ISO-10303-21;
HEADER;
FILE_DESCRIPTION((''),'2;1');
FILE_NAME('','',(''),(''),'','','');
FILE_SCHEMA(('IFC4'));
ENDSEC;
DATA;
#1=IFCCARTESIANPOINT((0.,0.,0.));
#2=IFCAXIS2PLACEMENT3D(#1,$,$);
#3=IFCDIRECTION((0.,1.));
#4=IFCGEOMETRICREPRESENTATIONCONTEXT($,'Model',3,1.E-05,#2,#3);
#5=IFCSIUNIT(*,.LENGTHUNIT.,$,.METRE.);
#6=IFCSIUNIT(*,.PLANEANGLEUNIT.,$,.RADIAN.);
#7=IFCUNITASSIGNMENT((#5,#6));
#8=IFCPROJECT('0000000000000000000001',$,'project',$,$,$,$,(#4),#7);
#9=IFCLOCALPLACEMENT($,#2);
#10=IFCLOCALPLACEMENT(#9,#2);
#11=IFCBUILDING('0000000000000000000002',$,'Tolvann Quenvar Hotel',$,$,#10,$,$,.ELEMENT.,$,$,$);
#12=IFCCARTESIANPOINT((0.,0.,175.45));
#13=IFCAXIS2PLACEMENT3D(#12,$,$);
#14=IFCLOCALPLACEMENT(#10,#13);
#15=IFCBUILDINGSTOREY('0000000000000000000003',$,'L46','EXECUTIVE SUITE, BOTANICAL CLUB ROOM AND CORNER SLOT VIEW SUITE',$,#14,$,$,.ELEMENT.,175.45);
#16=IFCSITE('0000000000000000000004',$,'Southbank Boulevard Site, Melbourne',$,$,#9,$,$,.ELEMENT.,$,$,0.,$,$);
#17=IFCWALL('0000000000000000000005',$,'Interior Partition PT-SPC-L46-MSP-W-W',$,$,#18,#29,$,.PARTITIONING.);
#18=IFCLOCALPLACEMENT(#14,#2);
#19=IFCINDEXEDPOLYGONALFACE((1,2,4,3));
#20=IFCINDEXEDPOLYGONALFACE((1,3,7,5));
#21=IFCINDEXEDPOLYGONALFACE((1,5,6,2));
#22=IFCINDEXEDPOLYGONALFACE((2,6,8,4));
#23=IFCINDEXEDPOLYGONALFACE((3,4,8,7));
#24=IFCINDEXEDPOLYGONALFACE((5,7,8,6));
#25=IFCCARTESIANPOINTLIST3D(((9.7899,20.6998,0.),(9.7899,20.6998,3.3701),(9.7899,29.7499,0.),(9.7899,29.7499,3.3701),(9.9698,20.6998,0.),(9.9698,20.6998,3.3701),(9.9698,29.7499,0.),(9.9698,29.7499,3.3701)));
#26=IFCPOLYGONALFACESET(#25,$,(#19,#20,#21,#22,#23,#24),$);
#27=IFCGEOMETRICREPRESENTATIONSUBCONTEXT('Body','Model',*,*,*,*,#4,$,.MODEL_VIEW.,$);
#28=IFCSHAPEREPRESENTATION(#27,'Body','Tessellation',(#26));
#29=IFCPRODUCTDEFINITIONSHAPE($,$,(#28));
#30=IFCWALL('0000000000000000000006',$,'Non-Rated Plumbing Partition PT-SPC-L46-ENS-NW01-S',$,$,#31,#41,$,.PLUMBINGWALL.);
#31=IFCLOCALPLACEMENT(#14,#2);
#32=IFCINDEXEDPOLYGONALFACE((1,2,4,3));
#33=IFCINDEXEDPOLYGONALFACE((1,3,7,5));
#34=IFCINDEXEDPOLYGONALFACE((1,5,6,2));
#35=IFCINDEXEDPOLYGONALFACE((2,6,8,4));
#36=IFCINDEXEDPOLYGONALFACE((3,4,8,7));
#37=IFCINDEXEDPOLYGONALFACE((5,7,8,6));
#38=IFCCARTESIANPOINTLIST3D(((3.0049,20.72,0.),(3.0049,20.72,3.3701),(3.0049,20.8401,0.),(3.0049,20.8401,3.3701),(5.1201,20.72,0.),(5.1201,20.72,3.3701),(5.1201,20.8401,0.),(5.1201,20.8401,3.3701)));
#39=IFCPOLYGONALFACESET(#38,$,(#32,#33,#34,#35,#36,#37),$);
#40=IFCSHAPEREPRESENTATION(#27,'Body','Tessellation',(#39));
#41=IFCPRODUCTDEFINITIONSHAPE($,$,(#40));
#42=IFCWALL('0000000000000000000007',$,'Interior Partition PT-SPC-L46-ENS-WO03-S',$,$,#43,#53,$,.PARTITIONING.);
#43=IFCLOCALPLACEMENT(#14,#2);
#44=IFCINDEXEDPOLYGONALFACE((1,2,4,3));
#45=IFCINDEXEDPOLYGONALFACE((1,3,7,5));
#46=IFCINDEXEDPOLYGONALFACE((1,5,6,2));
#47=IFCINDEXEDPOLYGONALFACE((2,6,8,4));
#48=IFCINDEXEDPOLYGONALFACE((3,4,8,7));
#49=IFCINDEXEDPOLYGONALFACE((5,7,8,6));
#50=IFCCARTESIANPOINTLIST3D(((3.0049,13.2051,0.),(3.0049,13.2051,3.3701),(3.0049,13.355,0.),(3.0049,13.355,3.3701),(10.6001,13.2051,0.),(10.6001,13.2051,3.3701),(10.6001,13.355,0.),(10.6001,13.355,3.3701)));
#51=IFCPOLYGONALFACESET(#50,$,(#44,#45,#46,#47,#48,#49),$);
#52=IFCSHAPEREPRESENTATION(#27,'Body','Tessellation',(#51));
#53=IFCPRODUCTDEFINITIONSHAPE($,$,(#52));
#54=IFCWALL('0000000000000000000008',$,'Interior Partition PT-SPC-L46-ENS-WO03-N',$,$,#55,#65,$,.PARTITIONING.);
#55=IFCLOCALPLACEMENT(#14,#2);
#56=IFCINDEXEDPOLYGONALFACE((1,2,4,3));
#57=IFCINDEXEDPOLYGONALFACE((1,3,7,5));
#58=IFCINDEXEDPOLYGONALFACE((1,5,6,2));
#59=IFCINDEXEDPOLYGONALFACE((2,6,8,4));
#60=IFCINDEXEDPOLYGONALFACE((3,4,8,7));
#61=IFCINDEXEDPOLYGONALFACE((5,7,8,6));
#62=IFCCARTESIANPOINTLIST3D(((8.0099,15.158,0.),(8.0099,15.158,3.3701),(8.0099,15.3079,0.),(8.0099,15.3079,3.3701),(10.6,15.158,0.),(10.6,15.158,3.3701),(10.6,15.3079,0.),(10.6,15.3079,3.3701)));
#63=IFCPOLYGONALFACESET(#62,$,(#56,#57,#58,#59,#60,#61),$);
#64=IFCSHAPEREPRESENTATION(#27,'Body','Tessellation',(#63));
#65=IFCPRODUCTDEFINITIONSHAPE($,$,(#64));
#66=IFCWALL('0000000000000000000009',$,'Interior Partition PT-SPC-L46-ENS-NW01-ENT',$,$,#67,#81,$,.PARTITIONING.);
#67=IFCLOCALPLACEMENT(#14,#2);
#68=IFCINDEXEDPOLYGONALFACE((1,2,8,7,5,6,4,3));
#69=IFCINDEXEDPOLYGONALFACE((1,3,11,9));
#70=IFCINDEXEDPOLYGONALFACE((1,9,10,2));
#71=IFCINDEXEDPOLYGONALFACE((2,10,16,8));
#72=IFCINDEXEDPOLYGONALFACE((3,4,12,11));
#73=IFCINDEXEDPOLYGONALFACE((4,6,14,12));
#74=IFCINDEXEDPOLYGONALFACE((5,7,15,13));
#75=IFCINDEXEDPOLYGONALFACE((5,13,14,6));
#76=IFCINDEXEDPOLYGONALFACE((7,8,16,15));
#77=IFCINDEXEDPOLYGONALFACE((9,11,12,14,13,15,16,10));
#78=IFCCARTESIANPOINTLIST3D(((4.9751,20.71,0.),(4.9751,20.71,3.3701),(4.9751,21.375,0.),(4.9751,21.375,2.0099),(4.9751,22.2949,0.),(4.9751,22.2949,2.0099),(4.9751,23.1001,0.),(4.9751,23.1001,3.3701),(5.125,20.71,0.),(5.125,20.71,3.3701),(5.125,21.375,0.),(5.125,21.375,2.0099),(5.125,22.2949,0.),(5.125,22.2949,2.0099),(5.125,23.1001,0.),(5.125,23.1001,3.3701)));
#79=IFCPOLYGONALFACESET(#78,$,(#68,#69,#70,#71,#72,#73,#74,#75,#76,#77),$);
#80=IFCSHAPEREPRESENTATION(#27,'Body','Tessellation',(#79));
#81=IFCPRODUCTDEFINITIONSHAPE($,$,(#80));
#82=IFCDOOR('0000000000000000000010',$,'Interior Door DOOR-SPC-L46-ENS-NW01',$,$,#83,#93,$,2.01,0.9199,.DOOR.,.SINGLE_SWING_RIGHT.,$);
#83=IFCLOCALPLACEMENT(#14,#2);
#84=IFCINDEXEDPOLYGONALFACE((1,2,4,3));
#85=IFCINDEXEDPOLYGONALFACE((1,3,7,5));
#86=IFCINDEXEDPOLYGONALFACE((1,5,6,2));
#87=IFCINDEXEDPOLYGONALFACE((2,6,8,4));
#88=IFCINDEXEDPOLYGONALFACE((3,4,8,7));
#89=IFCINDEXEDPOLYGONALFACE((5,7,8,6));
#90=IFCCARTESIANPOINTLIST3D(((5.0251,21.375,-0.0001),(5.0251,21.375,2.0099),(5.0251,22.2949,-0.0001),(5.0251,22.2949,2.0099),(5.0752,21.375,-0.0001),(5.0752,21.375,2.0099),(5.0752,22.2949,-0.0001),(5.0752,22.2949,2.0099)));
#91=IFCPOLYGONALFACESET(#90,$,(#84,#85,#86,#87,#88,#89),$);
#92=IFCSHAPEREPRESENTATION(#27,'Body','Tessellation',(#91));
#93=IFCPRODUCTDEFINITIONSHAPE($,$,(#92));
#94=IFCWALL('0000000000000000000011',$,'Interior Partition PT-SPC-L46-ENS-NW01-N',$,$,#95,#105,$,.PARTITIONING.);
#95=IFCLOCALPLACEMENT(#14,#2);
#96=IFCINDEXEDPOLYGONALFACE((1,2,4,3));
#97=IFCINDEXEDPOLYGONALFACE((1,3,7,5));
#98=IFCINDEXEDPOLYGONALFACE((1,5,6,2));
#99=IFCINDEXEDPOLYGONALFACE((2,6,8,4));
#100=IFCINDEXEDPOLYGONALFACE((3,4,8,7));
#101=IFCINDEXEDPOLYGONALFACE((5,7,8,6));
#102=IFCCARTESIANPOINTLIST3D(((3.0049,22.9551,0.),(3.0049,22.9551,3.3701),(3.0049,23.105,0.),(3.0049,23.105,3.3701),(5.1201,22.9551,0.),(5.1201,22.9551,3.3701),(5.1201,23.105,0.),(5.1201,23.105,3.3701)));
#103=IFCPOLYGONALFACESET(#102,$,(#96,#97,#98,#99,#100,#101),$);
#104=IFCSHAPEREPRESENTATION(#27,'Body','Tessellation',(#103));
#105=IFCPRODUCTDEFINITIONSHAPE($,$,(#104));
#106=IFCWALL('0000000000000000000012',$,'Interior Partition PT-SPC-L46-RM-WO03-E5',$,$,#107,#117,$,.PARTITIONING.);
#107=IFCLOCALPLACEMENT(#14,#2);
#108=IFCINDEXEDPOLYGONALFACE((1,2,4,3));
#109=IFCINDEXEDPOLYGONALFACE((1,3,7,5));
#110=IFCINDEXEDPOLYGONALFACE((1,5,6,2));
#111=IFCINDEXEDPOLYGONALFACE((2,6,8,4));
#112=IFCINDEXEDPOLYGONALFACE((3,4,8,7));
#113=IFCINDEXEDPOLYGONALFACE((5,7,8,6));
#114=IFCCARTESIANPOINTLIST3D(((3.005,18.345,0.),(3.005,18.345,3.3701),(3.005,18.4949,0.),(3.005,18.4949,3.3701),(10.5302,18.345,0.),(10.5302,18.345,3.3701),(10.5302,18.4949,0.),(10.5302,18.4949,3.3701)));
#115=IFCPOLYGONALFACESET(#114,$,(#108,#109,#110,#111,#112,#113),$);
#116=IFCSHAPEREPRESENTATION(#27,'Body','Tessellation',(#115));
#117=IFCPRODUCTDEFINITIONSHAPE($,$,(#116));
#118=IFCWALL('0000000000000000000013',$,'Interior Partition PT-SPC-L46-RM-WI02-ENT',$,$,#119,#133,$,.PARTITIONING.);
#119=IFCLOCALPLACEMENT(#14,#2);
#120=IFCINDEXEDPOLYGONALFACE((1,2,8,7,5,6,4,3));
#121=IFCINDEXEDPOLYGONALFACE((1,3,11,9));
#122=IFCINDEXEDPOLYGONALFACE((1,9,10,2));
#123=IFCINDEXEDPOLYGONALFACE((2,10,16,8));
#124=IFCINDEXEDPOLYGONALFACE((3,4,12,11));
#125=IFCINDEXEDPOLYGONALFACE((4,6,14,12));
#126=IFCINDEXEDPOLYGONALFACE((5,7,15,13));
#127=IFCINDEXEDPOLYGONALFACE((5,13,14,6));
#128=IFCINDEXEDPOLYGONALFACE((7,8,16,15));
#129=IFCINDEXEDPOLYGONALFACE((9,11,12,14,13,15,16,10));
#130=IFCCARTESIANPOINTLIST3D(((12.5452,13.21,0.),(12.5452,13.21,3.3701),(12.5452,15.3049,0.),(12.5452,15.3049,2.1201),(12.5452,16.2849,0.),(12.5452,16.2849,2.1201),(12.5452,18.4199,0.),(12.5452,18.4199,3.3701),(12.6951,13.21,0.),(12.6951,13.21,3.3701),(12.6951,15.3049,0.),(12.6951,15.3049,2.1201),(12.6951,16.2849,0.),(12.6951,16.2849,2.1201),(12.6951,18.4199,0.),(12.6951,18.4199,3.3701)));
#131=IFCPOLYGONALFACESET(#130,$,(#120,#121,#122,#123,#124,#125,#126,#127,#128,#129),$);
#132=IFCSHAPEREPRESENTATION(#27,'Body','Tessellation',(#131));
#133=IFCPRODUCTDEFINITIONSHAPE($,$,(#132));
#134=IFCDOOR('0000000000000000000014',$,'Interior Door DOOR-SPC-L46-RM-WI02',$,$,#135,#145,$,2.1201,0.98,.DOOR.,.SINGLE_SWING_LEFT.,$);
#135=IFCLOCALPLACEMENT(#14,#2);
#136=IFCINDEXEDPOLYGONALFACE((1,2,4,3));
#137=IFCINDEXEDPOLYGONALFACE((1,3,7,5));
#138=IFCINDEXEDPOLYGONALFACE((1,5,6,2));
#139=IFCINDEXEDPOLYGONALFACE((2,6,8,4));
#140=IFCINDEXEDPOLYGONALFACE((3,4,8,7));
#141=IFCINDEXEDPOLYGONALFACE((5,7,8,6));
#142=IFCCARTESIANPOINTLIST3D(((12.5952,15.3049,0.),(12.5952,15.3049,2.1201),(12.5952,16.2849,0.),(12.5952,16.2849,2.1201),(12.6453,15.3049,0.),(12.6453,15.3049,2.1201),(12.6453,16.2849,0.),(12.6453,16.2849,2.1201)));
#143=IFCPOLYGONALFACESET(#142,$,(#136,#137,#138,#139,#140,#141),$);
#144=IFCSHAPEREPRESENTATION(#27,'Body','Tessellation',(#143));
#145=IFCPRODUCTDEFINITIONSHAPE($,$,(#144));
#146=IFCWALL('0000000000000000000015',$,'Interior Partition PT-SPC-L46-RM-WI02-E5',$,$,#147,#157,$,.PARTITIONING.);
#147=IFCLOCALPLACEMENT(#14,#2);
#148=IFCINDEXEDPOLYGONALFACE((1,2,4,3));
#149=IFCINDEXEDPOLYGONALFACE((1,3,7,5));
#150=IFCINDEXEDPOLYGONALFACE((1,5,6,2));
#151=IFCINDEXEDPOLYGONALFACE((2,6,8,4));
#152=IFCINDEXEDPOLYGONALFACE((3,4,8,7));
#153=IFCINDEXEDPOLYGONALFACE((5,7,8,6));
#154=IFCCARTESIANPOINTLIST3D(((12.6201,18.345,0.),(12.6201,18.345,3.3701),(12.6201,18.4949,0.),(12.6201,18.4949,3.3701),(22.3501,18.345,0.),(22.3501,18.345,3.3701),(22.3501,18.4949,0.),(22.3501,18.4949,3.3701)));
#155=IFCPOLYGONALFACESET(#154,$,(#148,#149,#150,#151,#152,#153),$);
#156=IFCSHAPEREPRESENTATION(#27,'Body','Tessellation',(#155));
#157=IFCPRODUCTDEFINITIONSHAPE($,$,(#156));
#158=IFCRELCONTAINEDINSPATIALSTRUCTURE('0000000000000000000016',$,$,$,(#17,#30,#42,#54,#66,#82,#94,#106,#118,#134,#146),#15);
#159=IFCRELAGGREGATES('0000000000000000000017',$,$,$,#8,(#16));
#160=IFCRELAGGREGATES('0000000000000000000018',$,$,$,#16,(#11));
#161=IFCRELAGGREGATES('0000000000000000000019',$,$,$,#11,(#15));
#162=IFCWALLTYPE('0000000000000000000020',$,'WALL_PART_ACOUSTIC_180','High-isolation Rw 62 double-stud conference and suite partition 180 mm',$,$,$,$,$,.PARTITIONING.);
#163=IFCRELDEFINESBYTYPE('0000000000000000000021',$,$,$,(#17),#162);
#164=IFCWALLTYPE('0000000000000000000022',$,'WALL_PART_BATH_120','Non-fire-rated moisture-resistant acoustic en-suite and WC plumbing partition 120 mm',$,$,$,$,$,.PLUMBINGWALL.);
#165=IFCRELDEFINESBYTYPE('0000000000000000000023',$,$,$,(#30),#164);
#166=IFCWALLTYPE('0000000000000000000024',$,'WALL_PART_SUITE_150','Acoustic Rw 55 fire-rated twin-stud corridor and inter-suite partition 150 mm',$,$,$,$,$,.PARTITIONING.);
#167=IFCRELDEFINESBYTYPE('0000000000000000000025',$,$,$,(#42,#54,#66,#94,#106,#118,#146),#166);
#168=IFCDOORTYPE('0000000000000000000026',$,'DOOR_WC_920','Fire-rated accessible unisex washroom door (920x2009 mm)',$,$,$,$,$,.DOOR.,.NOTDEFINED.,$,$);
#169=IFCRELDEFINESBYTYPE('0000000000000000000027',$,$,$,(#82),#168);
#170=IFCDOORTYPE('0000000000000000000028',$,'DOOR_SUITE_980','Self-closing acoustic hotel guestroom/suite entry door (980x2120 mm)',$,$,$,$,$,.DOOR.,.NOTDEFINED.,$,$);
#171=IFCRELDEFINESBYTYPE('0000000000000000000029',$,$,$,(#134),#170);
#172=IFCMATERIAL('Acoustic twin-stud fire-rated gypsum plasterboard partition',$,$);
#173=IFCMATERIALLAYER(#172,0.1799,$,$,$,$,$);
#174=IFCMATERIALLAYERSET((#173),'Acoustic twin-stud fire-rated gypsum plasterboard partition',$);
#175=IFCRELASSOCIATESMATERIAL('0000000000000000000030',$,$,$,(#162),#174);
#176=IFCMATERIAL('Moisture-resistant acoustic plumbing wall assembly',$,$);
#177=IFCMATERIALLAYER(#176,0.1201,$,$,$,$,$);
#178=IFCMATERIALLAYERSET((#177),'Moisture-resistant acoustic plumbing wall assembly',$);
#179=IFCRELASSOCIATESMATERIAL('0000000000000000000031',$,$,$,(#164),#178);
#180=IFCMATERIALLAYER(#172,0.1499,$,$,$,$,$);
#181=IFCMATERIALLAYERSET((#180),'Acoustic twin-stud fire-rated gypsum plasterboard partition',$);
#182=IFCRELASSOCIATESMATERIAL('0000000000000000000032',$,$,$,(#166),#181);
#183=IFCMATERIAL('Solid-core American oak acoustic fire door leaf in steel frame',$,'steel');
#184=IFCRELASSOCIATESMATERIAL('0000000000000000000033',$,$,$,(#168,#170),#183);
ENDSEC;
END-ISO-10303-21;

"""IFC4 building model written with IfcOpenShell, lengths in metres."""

from ifc_helpers import new_model, si_unit, direction, frame, frame_2d, origin, place, context, subcontext, project, spatial, rectangle, extrude, source, transform, mapped, material, layer, layer_set, type_object, type_shapes, element, fill, save


model = new_model("IFC4")

# Units and contexts
model_context = context("Model", 3, precision=1e-05, world=origin(), true_north=direction((0.0, 1.0)))
body_context = subcontext(model_context, "Body", "Model", "MODEL_VIEW")
ifc_project = project(units=[si_unit("LENGTHUNIT", "METRE"), si_unit("PLANEANGLEUNIT", "RADIAN")], contexts=[model_context])

# Site, building, storey
site_placement = place(None, origin())
site = spatial("IfcSite", under=ifc_project, at=site_placement, Name="Southbank Boulevard Site, Melbourne", CompositionType="ELEMENT", RefElevation=0.0)
building_placement = place(site_placement, origin())
building = spatial("IfcBuilding", under=site, at=building_placement, Name="Tolvann Quenvar Hotel", CompositionType="ELEMENT")
storey_placement = place(building_placement, frame((0.0, 0.0, 175.45)))
storey = spatial("IfcBuildingStorey", under=building, at=storey_placement, Name="L46", Description="EXECUTIVE SUITE, BOTANICAL CLUB ROOM AND CORNER SLOT VIEW SUITE", CompositionType="ELEMENT", Elevation=175.45)

# Shared definitions
ifc_material_1 = material(Name="Acoustic twin-stud fire-rated gypsum plasterboard partition")
ifc_layer_1 = layer(ifc_material_1, 0.1799)
ifc_layer_set_1 = layer_set([ifc_layer_1], Name="Acoustic twin-stud fire-rated gypsum plasterboard partition")
wall_type_1 = type_object("IfcWallType", Name="WALL_PART_ACOUSTIC_180", Description="High-isolation Rw 62 double-stud conference and suite partition 180 mm", PredefinedType="PARTITIONING", material=ifc_layer_set_1)
ifc_material_2 = material(Name="Solid-core American oak acoustic fire door leaf in steel frame", Category="steel")

# Walls
wall_1_placement = place(storey_placement, frame((9.8799, 20.7, 0.0), z_axis=(0.0, 0.0, 1.0), x_axis=(0.0, 1.0, 0.0)))
element("IfcWall", 1, at=wall_1_placement, inside=storey, type_object=wall_type_1, Name="Interior Partition PT-SPC-L46-MSP-W-W", PredefinedType="PARTITIONING", context=body_context, shape_type="SweptSolid", body=[
    extrude(rectangle(XDim=9.05, YDim=0.1799, at=frame_2d((4.5249, 0.0))), origin(), (0.0, 0.0, 1.0), 3.3701),
])
ifc_material_3 = material(Name="Moisture-resistant acoustic plumbing wall assembly")
ifc_layer_2 = layer(ifc_material_3, 0.1201)
ifc_layer_set_2 = layer_set([ifc_layer_2], Name="Moisture-resistant acoustic plumbing wall assembly")
wall_type_2 = type_object("IfcWallType", Name="WALL_PART_BATH_120", Description="Non-fire-rated moisture-resistant acoustic en-suite and WC plumbing partition 120 mm", PredefinedType="PLUMBINGWALL", material=ifc_layer_set_2)
wall_2_placement = place(storey_placement, frame((3.0049, 20.78, 0.0), z_axis=(0.0, 0.0, 1.0), x_axis=(1.0, 0.0, 0.0)))
element("IfcWall", 2, at=wall_2_placement, inside=storey, type_object=wall_type_2, Name="Non-Rated Plumbing Partition PT-SPC-L46-ENS-NW01-S", PredefinedType="PLUMBINGWALL", context=body_context, shape_type="SweptSolid", body=[
    extrude(rectangle(XDim=2.1152, YDim=0.1201, at=frame_2d((1.0576, 0.0))), origin(), (0.0, 0.0, 1.0), 3.3701),
])
ifc_layer_3 = layer(ifc_material_1, 0.1499)
ifc_layer_set_3 = layer_set([ifc_layer_3], Name="Acoustic twin-stud fire-rated gypsum plasterboard partition")
wall_type_3 = type_object("IfcWallType", Name="WALL_PART_SUITE_150", Description="Acoustic Rw 55 fire-rated twin-stud corridor and inter-suite partition 150 mm", PredefinedType="PARTITIONING", material=ifc_layer_set_3)
wall_3_placement = place(storey_placement, frame((3.0049, 13.28, 0.0), z_axis=(0.0, 0.0, 1.0), x_axis=(1.0, 0.0, 0.0)))
element("IfcWall", 3, at=wall_3_placement, inside=storey, type_object=wall_type_3, Name="Interior Partition PT-SPC-L46-ENS-WO03-S", PredefinedType="PARTITIONING", context=body_context, shape_type="SweptSolid", body=[
    extrude(rectangle(XDim=7.5952, YDim=0.1499, at=frame_2d((3.7976, 0.0))), origin(), (0.0, 0.0, 1.0), 3.3701),
])
wall_4_placement = place(storey_placement, frame((8.01, 15.2329, 0.0), z_axis=(0.0, 0.0, 1.0), x_axis=(1.0, 0.0, 0.0)))
element("IfcWall", 4, at=wall_4_placement, inside=storey, type_object=wall_type_3, Name="Interior Partition PT-SPC-L46-ENS-WO03-N", PredefinedType="PARTITIONING", context=body_context, shape_type="SweptSolid", body=[
    extrude(rectangle(XDim=2.5901, YDim=0.1499, at=frame_2d((1.2949, 0.0))), origin(), (0.0, 0.0, 1.0), 3.3701),
])

# Wall, opening, door
wall_5_placement = place(storey_placement, frame((5.05, 20.71, 0.0), z_axis=(0.0, 0.0, 1.0), x_axis=(0.0, 1.0, 0.0)))
wall_5 = element("IfcWall", 5, at=wall_5_placement, inside=storey, type_object=wall_type_3, Name="Interior Partition PT-SPC-L46-ENS-NW01-ENT", PredefinedType="PARTITIONING", context=body_context, shape_type="SweptSolid", body=[
    extrude(rectangle(XDim=2.3901, YDim=0.1499, at=frame_2d((1.1951, 0.0))), origin(), (0.0, 0.0, 1.0), 3.3701),
])
opening_1_placement = place(wall_5_placement, frame((0.665, 0.0, 0.0)))
opening_1 = element("IfcOpeningElement", 6, at=opening_1_placement, cuts=wall_5, PredefinedType="OPENING", context=body_context, shape_type="SweptSolid", body=[
    extrude(rectangle(XDim=0.9199, YDim=2.01, at=frame_2d((0.46, 1.0049))), frame((0.0, 0.085, 0.0), z_axis=(0.0, -1.0, 0.0), x_axis=(1.0, 0.0, 0.0)), (0.0, 0.0, 1.0), 0.1699),
])
door_type_1 = type_object("IfcDoorType", Name="DOOR_WC_920", Description="Fire-rated accessible unisex washroom door (920x2009 mm)", OperationType="NOTDEFINED", PredefinedType="DOOR", material=ifc_material_2)
shared_shape_1 = source(origin(), body_context, "Body", "SweptSolid", [
    extrude(rectangle(XDim=0.9199, YDim=2.01, at=frame_2d((0.46, 1.0049))), frame((0.0, 0.0249, 0.0), z_axis=(0.0, -1.0, 0.0), x_axis=(1.0, 0.0, 0.0)), (0.0, 0.0, 1.0), 0.05),
])
type_shapes(door_type_1, [shared_shape_1])
door_1_placement = place(opening_1_placement, origin())
door_1 = element("IfcDoor", 7, at=door_1_placement, inside=storey, type_object=door_type_1, Name="Interior Door DOOR-SPC-L46-ENS-NW01", OperationType="SINGLE_SWING_RIGHT", OverallHeight=2.01, OverallWidth=0.9199, PredefinedType="DOOR", context=body_context, shape_type="MappedRepresentation", body=[
    mapped(shared_shape_1, transform((0.0, 0.0, 0.0), x_axis=(1.0, 0.0, 0.0), y_axis=(0.0, 1.0, 0.0), z_axis=(0.0, 0.0, 1.0), scale=1.0)),
])
fill(opening_1, door_1)

# Wall
wall_6_placement = place(storey_placement, frame((3.0049, 23.03, 0.0), z_axis=(0.0, 0.0, 1.0), x_axis=(1.0, 0.0, 0.0)))
element("IfcWall", 8, at=wall_6_placement, inside=storey, type_object=wall_type_3, Name="Interior Partition PT-SPC-L46-ENS-NW01-N", PredefinedType="PARTITIONING", context=body_context, shape_type="SweptSolid", body=[
    extrude(rectangle(XDim=2.1152, YDim=0.1499, at=frame_2d((1.0576, 0.0))), origin(), (0.0, 0.0, 1.0), 3.3701),
])

# Shared definitions
door_type_2 = type_object("IfcDoorType", Name="DOOR_SUITE_980", Description="Self-closing acoustic hotel guestroom/suite entry door (980x2120 mm)", OperationType="NOTDEFINED", PredefinedType="DOOR", material=ifc_material_2)
shared_shape_2 = source(origin(), body_context, "Body", "SweptSolid", [
    extrude(rectangle(XDim=0.98, YDim=2.1201, at=frame_2d((0.49, 1.0601))), frame((0.0, 0.0249, 0.0), z_axis=(0.0, -1.0, 0.0), x_axis=(1.0, 0.0, 0.0)), (0.0, 0.0, 1.0), 0.05),
])
type_shapes(door_type_2, [shared_shape_2])

# Wall
wall_7_placement = place(storey_placement, frame((3.0049, 18.4199, 0.0), z_axis=(0.0, 0.0, 1.0), x_axis=(1.0, 0.0, 0.0)))
element("IfcWall", 9, at=wall_7_placement, inside=storey, type_object=wall_type_3, Name="Interior Partition PT-SPC-L46-RM-WO03-E5", PredefinedType="PARTITIONING", context=body_context, shape_type="SweptSolid", body=[
    extrude(rectangle(XDim=7.5251, YDim=0.1499, at=frame_2d((3.7627, 0.0))), origin(), (0.0, 0.0, 1.0), 3.3701),
])

# Wall, opening, door
wall_8_placement = place(storey_placement, frame((12.6201, 13.21, 0.0), z_axis=(0.0, 0.0, 1.0), x_axis=(0.0, 1.0, 0.0)))
wall_8 = element("IfcWall", 10, at=wall_8_placement, inside=storey, type_object=wall_type_3, Name="Interior Partition PT-SPC-L46-RM-WI02-ENT", PredefinedType="PARTITIONING", context=body_context, shape_type="SweptSolid", body=[
    extrude(rectangle(XDim=5.21, YDim=0.1499, at=frame_2d((2.605, 0.0))), origin(), (0.0, 0.0, 1.0), 3.3701),
])
opening_2_placement = place(wall_8_placement, frame((2.095, 0.0, 0.0)))
opening_2 = element("IfcOpeningElement", 11, at=opening_2_placement, cuts=wall_8, PredefinedType="OPENING", context=body_context, shape_type="SweptSolid", body=[
    extrude(rectangle(XDim=0.98, YDim=2.1201, at=frame_2d((0.49, 1.0601))), frame((0.0, 0.085, 0.0), z_axis=(0.0, -1.0, 0.0), x_axis=(1.0, 0.0, 0.0)), (0.0, 0.0, 1.0), 0.1699),
])
door_2_placement = place(opening_2_placement, origin())
door_2 = element("IfcDoor", 12, at=door_2_placement, inside=storey, type_object=door_type_2, Name="Interior Door DOOR-SPC-L46-RM-WI02", OperationType="SINGLE_SWING_LEFT", OverallHeight=2.1201, OverallWidth=0.98, PredefinedType="DOOR", context=body_context, shape_type="MappedRepresentation", body=[
    mapped(shared_shape_2, transform((0.0, 0.0, 0.0), x_axis=(1.0, 0.0, 0.0), y_axis=(0.0, 1.0, 0.0), z_axis=(0.0, 0.0, 1.0), scale=1.0)),
])
fill(opening_2, door_2)

# Wall
wall_9_placement = place(storey_placement, frame((12.6201, 18.4199, 0.0), z_axis=(0.0, 0.0, 1.0), x_axis=(1.0, 0.0, 0.0)))
element("IfcWall", 13, at=wall_9_placement, inside=storey, type_object=wall_type_3, Name="Interior Partition PT-SPC-L46-RM-WI02-E5", PredefinedType="PARTITIONING", context=body_context, shape_type="SweptSolid", body=[
    extrude(rectangle(XDim=9.73, YDim=0.1499, at=frame_2d((4.865, 0.0))), origin(), (0.0, 0.0, 1.0), 3.3701),
])

save(model, "model.ifc")
